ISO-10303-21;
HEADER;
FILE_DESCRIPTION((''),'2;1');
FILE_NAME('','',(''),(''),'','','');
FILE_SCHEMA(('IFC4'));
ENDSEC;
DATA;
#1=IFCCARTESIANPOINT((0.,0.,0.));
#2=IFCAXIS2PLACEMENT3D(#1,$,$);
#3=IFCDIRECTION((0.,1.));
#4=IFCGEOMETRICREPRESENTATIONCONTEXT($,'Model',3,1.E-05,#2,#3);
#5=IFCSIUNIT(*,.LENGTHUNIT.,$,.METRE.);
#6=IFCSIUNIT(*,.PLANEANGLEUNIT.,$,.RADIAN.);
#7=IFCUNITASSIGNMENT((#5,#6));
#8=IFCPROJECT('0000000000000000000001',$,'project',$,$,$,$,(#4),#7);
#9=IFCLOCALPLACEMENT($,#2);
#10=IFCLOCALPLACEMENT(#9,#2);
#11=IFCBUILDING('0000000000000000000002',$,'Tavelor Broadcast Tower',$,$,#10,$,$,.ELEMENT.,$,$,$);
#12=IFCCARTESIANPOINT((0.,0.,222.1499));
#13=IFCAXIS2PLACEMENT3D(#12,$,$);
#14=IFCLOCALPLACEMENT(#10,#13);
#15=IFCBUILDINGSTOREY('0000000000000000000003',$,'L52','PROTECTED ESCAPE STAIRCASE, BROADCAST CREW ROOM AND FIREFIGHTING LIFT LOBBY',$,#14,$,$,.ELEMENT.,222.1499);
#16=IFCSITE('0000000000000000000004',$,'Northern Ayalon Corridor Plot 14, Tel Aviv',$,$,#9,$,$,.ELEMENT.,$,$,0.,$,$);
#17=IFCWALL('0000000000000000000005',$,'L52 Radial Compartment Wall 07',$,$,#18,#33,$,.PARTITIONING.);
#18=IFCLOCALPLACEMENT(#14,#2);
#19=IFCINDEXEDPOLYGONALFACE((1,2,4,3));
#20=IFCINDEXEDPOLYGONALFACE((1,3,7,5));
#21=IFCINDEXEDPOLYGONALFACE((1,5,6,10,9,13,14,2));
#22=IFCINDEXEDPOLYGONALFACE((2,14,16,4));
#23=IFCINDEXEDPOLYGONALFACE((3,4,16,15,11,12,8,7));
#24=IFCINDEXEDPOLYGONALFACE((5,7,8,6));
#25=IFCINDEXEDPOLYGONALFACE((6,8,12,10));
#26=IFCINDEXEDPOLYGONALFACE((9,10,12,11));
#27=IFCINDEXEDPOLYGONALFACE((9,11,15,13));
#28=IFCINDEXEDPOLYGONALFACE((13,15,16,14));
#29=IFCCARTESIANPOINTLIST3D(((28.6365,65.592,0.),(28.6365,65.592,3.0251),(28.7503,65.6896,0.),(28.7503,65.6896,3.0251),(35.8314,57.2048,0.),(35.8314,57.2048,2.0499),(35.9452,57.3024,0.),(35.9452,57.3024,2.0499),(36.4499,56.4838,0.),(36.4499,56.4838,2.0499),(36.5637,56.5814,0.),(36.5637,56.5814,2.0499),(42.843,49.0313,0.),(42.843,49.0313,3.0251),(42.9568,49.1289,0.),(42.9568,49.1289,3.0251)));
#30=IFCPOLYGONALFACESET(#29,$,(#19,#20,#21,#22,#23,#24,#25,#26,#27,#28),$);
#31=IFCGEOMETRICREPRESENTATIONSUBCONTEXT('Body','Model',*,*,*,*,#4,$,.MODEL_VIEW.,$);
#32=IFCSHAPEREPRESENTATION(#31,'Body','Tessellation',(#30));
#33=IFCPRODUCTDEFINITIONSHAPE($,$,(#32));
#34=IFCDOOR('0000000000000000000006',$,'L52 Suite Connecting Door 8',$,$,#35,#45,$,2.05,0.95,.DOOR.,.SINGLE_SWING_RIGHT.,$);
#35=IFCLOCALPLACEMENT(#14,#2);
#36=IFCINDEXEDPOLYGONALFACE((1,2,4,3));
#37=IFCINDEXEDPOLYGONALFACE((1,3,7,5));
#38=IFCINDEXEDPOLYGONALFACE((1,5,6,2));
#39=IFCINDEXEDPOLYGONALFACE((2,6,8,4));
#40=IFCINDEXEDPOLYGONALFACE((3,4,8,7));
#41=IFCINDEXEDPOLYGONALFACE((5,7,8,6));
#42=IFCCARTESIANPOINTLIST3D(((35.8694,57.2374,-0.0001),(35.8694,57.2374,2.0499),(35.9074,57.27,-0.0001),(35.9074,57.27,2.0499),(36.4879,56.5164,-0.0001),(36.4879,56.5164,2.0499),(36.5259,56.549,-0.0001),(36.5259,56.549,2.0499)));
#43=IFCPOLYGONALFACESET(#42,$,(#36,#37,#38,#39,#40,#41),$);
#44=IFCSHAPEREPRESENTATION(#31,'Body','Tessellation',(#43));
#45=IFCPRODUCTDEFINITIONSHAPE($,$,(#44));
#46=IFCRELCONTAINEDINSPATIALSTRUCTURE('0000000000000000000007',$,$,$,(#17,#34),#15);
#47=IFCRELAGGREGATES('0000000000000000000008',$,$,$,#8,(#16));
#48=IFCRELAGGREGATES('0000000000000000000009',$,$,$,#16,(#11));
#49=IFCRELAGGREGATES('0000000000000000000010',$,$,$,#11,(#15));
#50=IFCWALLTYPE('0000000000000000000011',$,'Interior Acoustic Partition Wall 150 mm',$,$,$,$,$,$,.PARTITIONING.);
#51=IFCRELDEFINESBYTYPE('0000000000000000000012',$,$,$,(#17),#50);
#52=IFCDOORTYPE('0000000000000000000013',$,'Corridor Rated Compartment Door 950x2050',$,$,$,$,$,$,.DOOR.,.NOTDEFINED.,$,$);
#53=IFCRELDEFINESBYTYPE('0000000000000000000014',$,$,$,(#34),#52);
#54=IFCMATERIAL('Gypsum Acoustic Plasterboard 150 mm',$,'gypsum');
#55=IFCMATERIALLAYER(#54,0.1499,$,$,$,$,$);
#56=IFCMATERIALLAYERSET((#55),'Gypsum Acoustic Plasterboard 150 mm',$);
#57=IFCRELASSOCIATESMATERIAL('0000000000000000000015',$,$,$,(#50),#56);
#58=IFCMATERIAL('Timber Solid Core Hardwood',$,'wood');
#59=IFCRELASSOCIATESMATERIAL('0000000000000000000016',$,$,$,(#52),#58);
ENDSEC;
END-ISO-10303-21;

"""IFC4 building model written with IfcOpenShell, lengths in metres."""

from ifc_helpers import new_model, si_unit, direction, frame, frame_2d, origin, place, context, subcontext, project, spatial, rectangle, extrude, material, layer, layer_set, type_object, element, fill, save


model = new_model("IFC4")

# Units and contexts
model_context = context("Model", 3, precision=1e-05, world=origin(), true_north=direction((0.0, 1.0)))
body_context = subcontext(model_context, "Body", "Model", "MODEL_VIEW")
ifc_project = project(units=[si_unit("LENGTHUNIT", "METRE"), si_unit("PLANEANGLEUNIT", "RADIAN")], contexts=[model_context])

# Site, building, storey
site_placement = place(None, origin())
site = spatial("IfcSite", under=ifc_project, at=site_placement, Name="Northern Ayalon Corridor Plot 14, Tel Aviv", CompositionType="ELEMENT", RefElevation=0.0)
building_placement = place(site_placement, origin())
building = spatial("IfcBuilding", under=site, at=building_placement, Name="Tavelor Broadcast Tower", CompositionType="ELEMENT")
storey_placement = place(building_placement, frame((0.0, 0.0, 222.1499)))
storey = spatial("IfcBuildingStorey", under=building, at=storey_placement, Name="L52", Description="PROTECTED ESCAPE STAIRCASE, BROADCAST CREW ROOM AND FIREFIGHTING LIFT LOBBY", CompositionType="ELEMENT", Elevation=222.1499)

# Shared definitions
ifc_material_1 = material(Name="Gypsum Acoustic Plasterboard 150 mm", Category="gypsum")
ifc_layer_1 = layer(ifc_material_1, 0.1499)
ifc_layer_set_1 = layer_set([ifc_layer_1], Name="Gypsum Acoustic Plasterboard 150 mm")
wall_type_1 = type_object("IfcWallType", Name="Interior Acoustic Partition Wall 150 mm", PredefinedType="PARTITIONING", material=ifc_layer_set_1)

# Wall, opening, door
wall_1_placement = place(storey_placement, frame((42.8999, 49.0801, 0.0), z_axis=(0.0, 0.0, 1.0), x_axis=(-0.651097, 0.758994, 0.0)))
wall_1 = element("IfcWall", 1, at=wall_1_placement, inside=storey, type_object=wall_type_1, Name="L52 Radial Compartment Wall 07", PredefinedType="PARTITIONING", context=body_context, shape_type="SweptSolid", body=[
    extrude(rectangle(XDim=21.8193, YDim=0.1499, at=frame_2d((10.9097, 0.0))), origin(), (0.0, 0.0, 1.0), 3.0251),
])
opening_1_placement = place(wall_1_placement, frame((9.8188, 0.0, 0.0)))
opening_1 = element("IfcOpeningElement", 2, at=opening_1_placement, cuts=wall_1, PredefinedType="OPENING", context=body_context, shape_type="SweptSolid", body=[
    extrude(rectangle(XDim=0.95, YDim=2.05, at=frame_2d((0.4751, 1.0249))), frame((0.0, 0.085, 0.0), z_axis=(0.0, -1.0, 0.0), x_axis=(1.0, 0.0, 0.0)), (0.0, 0.0, 1.0), 0.1699),
])
ifc_material_2 = material(Name="Timber Solid Core Hardwood", Category="wood")
door_type_1 = type_object("IfcDoorType", Name="Corridor Rated Compartment Door 950x2050", OperationType="NOTDEFINED", PredefinedType="DOOR", material=ifc_material_2)
door_1_placement = place(opening_1_placement, origin())
door_1 = element("IfcDoor", 3, at=door_1_placement, inside=storey, type_object=door_type_1, Name="L52 Suite Connecting Door 8", OperationType="SINGLE_SWING_RIGHT", OverallHeight=2.05, OverallWidth=0.95, PredefinedType="DOOR", context=body_context, shape_type="SweptSolid", body=[
    extrude(rectangle(XDim=0.95, YDim=2.05, at=frame_2d((0.4751, 1.0249))), frame((0.0, 0.0249, 0.0), z_axis=(0.0, -1.0, 0.0), x_axis=(1.0, 0.0, 0.0)), (0.0, 0.0, 1.0), 0.05),
])
fill(opening_1, door_1)

save(model, "model.ifc")
